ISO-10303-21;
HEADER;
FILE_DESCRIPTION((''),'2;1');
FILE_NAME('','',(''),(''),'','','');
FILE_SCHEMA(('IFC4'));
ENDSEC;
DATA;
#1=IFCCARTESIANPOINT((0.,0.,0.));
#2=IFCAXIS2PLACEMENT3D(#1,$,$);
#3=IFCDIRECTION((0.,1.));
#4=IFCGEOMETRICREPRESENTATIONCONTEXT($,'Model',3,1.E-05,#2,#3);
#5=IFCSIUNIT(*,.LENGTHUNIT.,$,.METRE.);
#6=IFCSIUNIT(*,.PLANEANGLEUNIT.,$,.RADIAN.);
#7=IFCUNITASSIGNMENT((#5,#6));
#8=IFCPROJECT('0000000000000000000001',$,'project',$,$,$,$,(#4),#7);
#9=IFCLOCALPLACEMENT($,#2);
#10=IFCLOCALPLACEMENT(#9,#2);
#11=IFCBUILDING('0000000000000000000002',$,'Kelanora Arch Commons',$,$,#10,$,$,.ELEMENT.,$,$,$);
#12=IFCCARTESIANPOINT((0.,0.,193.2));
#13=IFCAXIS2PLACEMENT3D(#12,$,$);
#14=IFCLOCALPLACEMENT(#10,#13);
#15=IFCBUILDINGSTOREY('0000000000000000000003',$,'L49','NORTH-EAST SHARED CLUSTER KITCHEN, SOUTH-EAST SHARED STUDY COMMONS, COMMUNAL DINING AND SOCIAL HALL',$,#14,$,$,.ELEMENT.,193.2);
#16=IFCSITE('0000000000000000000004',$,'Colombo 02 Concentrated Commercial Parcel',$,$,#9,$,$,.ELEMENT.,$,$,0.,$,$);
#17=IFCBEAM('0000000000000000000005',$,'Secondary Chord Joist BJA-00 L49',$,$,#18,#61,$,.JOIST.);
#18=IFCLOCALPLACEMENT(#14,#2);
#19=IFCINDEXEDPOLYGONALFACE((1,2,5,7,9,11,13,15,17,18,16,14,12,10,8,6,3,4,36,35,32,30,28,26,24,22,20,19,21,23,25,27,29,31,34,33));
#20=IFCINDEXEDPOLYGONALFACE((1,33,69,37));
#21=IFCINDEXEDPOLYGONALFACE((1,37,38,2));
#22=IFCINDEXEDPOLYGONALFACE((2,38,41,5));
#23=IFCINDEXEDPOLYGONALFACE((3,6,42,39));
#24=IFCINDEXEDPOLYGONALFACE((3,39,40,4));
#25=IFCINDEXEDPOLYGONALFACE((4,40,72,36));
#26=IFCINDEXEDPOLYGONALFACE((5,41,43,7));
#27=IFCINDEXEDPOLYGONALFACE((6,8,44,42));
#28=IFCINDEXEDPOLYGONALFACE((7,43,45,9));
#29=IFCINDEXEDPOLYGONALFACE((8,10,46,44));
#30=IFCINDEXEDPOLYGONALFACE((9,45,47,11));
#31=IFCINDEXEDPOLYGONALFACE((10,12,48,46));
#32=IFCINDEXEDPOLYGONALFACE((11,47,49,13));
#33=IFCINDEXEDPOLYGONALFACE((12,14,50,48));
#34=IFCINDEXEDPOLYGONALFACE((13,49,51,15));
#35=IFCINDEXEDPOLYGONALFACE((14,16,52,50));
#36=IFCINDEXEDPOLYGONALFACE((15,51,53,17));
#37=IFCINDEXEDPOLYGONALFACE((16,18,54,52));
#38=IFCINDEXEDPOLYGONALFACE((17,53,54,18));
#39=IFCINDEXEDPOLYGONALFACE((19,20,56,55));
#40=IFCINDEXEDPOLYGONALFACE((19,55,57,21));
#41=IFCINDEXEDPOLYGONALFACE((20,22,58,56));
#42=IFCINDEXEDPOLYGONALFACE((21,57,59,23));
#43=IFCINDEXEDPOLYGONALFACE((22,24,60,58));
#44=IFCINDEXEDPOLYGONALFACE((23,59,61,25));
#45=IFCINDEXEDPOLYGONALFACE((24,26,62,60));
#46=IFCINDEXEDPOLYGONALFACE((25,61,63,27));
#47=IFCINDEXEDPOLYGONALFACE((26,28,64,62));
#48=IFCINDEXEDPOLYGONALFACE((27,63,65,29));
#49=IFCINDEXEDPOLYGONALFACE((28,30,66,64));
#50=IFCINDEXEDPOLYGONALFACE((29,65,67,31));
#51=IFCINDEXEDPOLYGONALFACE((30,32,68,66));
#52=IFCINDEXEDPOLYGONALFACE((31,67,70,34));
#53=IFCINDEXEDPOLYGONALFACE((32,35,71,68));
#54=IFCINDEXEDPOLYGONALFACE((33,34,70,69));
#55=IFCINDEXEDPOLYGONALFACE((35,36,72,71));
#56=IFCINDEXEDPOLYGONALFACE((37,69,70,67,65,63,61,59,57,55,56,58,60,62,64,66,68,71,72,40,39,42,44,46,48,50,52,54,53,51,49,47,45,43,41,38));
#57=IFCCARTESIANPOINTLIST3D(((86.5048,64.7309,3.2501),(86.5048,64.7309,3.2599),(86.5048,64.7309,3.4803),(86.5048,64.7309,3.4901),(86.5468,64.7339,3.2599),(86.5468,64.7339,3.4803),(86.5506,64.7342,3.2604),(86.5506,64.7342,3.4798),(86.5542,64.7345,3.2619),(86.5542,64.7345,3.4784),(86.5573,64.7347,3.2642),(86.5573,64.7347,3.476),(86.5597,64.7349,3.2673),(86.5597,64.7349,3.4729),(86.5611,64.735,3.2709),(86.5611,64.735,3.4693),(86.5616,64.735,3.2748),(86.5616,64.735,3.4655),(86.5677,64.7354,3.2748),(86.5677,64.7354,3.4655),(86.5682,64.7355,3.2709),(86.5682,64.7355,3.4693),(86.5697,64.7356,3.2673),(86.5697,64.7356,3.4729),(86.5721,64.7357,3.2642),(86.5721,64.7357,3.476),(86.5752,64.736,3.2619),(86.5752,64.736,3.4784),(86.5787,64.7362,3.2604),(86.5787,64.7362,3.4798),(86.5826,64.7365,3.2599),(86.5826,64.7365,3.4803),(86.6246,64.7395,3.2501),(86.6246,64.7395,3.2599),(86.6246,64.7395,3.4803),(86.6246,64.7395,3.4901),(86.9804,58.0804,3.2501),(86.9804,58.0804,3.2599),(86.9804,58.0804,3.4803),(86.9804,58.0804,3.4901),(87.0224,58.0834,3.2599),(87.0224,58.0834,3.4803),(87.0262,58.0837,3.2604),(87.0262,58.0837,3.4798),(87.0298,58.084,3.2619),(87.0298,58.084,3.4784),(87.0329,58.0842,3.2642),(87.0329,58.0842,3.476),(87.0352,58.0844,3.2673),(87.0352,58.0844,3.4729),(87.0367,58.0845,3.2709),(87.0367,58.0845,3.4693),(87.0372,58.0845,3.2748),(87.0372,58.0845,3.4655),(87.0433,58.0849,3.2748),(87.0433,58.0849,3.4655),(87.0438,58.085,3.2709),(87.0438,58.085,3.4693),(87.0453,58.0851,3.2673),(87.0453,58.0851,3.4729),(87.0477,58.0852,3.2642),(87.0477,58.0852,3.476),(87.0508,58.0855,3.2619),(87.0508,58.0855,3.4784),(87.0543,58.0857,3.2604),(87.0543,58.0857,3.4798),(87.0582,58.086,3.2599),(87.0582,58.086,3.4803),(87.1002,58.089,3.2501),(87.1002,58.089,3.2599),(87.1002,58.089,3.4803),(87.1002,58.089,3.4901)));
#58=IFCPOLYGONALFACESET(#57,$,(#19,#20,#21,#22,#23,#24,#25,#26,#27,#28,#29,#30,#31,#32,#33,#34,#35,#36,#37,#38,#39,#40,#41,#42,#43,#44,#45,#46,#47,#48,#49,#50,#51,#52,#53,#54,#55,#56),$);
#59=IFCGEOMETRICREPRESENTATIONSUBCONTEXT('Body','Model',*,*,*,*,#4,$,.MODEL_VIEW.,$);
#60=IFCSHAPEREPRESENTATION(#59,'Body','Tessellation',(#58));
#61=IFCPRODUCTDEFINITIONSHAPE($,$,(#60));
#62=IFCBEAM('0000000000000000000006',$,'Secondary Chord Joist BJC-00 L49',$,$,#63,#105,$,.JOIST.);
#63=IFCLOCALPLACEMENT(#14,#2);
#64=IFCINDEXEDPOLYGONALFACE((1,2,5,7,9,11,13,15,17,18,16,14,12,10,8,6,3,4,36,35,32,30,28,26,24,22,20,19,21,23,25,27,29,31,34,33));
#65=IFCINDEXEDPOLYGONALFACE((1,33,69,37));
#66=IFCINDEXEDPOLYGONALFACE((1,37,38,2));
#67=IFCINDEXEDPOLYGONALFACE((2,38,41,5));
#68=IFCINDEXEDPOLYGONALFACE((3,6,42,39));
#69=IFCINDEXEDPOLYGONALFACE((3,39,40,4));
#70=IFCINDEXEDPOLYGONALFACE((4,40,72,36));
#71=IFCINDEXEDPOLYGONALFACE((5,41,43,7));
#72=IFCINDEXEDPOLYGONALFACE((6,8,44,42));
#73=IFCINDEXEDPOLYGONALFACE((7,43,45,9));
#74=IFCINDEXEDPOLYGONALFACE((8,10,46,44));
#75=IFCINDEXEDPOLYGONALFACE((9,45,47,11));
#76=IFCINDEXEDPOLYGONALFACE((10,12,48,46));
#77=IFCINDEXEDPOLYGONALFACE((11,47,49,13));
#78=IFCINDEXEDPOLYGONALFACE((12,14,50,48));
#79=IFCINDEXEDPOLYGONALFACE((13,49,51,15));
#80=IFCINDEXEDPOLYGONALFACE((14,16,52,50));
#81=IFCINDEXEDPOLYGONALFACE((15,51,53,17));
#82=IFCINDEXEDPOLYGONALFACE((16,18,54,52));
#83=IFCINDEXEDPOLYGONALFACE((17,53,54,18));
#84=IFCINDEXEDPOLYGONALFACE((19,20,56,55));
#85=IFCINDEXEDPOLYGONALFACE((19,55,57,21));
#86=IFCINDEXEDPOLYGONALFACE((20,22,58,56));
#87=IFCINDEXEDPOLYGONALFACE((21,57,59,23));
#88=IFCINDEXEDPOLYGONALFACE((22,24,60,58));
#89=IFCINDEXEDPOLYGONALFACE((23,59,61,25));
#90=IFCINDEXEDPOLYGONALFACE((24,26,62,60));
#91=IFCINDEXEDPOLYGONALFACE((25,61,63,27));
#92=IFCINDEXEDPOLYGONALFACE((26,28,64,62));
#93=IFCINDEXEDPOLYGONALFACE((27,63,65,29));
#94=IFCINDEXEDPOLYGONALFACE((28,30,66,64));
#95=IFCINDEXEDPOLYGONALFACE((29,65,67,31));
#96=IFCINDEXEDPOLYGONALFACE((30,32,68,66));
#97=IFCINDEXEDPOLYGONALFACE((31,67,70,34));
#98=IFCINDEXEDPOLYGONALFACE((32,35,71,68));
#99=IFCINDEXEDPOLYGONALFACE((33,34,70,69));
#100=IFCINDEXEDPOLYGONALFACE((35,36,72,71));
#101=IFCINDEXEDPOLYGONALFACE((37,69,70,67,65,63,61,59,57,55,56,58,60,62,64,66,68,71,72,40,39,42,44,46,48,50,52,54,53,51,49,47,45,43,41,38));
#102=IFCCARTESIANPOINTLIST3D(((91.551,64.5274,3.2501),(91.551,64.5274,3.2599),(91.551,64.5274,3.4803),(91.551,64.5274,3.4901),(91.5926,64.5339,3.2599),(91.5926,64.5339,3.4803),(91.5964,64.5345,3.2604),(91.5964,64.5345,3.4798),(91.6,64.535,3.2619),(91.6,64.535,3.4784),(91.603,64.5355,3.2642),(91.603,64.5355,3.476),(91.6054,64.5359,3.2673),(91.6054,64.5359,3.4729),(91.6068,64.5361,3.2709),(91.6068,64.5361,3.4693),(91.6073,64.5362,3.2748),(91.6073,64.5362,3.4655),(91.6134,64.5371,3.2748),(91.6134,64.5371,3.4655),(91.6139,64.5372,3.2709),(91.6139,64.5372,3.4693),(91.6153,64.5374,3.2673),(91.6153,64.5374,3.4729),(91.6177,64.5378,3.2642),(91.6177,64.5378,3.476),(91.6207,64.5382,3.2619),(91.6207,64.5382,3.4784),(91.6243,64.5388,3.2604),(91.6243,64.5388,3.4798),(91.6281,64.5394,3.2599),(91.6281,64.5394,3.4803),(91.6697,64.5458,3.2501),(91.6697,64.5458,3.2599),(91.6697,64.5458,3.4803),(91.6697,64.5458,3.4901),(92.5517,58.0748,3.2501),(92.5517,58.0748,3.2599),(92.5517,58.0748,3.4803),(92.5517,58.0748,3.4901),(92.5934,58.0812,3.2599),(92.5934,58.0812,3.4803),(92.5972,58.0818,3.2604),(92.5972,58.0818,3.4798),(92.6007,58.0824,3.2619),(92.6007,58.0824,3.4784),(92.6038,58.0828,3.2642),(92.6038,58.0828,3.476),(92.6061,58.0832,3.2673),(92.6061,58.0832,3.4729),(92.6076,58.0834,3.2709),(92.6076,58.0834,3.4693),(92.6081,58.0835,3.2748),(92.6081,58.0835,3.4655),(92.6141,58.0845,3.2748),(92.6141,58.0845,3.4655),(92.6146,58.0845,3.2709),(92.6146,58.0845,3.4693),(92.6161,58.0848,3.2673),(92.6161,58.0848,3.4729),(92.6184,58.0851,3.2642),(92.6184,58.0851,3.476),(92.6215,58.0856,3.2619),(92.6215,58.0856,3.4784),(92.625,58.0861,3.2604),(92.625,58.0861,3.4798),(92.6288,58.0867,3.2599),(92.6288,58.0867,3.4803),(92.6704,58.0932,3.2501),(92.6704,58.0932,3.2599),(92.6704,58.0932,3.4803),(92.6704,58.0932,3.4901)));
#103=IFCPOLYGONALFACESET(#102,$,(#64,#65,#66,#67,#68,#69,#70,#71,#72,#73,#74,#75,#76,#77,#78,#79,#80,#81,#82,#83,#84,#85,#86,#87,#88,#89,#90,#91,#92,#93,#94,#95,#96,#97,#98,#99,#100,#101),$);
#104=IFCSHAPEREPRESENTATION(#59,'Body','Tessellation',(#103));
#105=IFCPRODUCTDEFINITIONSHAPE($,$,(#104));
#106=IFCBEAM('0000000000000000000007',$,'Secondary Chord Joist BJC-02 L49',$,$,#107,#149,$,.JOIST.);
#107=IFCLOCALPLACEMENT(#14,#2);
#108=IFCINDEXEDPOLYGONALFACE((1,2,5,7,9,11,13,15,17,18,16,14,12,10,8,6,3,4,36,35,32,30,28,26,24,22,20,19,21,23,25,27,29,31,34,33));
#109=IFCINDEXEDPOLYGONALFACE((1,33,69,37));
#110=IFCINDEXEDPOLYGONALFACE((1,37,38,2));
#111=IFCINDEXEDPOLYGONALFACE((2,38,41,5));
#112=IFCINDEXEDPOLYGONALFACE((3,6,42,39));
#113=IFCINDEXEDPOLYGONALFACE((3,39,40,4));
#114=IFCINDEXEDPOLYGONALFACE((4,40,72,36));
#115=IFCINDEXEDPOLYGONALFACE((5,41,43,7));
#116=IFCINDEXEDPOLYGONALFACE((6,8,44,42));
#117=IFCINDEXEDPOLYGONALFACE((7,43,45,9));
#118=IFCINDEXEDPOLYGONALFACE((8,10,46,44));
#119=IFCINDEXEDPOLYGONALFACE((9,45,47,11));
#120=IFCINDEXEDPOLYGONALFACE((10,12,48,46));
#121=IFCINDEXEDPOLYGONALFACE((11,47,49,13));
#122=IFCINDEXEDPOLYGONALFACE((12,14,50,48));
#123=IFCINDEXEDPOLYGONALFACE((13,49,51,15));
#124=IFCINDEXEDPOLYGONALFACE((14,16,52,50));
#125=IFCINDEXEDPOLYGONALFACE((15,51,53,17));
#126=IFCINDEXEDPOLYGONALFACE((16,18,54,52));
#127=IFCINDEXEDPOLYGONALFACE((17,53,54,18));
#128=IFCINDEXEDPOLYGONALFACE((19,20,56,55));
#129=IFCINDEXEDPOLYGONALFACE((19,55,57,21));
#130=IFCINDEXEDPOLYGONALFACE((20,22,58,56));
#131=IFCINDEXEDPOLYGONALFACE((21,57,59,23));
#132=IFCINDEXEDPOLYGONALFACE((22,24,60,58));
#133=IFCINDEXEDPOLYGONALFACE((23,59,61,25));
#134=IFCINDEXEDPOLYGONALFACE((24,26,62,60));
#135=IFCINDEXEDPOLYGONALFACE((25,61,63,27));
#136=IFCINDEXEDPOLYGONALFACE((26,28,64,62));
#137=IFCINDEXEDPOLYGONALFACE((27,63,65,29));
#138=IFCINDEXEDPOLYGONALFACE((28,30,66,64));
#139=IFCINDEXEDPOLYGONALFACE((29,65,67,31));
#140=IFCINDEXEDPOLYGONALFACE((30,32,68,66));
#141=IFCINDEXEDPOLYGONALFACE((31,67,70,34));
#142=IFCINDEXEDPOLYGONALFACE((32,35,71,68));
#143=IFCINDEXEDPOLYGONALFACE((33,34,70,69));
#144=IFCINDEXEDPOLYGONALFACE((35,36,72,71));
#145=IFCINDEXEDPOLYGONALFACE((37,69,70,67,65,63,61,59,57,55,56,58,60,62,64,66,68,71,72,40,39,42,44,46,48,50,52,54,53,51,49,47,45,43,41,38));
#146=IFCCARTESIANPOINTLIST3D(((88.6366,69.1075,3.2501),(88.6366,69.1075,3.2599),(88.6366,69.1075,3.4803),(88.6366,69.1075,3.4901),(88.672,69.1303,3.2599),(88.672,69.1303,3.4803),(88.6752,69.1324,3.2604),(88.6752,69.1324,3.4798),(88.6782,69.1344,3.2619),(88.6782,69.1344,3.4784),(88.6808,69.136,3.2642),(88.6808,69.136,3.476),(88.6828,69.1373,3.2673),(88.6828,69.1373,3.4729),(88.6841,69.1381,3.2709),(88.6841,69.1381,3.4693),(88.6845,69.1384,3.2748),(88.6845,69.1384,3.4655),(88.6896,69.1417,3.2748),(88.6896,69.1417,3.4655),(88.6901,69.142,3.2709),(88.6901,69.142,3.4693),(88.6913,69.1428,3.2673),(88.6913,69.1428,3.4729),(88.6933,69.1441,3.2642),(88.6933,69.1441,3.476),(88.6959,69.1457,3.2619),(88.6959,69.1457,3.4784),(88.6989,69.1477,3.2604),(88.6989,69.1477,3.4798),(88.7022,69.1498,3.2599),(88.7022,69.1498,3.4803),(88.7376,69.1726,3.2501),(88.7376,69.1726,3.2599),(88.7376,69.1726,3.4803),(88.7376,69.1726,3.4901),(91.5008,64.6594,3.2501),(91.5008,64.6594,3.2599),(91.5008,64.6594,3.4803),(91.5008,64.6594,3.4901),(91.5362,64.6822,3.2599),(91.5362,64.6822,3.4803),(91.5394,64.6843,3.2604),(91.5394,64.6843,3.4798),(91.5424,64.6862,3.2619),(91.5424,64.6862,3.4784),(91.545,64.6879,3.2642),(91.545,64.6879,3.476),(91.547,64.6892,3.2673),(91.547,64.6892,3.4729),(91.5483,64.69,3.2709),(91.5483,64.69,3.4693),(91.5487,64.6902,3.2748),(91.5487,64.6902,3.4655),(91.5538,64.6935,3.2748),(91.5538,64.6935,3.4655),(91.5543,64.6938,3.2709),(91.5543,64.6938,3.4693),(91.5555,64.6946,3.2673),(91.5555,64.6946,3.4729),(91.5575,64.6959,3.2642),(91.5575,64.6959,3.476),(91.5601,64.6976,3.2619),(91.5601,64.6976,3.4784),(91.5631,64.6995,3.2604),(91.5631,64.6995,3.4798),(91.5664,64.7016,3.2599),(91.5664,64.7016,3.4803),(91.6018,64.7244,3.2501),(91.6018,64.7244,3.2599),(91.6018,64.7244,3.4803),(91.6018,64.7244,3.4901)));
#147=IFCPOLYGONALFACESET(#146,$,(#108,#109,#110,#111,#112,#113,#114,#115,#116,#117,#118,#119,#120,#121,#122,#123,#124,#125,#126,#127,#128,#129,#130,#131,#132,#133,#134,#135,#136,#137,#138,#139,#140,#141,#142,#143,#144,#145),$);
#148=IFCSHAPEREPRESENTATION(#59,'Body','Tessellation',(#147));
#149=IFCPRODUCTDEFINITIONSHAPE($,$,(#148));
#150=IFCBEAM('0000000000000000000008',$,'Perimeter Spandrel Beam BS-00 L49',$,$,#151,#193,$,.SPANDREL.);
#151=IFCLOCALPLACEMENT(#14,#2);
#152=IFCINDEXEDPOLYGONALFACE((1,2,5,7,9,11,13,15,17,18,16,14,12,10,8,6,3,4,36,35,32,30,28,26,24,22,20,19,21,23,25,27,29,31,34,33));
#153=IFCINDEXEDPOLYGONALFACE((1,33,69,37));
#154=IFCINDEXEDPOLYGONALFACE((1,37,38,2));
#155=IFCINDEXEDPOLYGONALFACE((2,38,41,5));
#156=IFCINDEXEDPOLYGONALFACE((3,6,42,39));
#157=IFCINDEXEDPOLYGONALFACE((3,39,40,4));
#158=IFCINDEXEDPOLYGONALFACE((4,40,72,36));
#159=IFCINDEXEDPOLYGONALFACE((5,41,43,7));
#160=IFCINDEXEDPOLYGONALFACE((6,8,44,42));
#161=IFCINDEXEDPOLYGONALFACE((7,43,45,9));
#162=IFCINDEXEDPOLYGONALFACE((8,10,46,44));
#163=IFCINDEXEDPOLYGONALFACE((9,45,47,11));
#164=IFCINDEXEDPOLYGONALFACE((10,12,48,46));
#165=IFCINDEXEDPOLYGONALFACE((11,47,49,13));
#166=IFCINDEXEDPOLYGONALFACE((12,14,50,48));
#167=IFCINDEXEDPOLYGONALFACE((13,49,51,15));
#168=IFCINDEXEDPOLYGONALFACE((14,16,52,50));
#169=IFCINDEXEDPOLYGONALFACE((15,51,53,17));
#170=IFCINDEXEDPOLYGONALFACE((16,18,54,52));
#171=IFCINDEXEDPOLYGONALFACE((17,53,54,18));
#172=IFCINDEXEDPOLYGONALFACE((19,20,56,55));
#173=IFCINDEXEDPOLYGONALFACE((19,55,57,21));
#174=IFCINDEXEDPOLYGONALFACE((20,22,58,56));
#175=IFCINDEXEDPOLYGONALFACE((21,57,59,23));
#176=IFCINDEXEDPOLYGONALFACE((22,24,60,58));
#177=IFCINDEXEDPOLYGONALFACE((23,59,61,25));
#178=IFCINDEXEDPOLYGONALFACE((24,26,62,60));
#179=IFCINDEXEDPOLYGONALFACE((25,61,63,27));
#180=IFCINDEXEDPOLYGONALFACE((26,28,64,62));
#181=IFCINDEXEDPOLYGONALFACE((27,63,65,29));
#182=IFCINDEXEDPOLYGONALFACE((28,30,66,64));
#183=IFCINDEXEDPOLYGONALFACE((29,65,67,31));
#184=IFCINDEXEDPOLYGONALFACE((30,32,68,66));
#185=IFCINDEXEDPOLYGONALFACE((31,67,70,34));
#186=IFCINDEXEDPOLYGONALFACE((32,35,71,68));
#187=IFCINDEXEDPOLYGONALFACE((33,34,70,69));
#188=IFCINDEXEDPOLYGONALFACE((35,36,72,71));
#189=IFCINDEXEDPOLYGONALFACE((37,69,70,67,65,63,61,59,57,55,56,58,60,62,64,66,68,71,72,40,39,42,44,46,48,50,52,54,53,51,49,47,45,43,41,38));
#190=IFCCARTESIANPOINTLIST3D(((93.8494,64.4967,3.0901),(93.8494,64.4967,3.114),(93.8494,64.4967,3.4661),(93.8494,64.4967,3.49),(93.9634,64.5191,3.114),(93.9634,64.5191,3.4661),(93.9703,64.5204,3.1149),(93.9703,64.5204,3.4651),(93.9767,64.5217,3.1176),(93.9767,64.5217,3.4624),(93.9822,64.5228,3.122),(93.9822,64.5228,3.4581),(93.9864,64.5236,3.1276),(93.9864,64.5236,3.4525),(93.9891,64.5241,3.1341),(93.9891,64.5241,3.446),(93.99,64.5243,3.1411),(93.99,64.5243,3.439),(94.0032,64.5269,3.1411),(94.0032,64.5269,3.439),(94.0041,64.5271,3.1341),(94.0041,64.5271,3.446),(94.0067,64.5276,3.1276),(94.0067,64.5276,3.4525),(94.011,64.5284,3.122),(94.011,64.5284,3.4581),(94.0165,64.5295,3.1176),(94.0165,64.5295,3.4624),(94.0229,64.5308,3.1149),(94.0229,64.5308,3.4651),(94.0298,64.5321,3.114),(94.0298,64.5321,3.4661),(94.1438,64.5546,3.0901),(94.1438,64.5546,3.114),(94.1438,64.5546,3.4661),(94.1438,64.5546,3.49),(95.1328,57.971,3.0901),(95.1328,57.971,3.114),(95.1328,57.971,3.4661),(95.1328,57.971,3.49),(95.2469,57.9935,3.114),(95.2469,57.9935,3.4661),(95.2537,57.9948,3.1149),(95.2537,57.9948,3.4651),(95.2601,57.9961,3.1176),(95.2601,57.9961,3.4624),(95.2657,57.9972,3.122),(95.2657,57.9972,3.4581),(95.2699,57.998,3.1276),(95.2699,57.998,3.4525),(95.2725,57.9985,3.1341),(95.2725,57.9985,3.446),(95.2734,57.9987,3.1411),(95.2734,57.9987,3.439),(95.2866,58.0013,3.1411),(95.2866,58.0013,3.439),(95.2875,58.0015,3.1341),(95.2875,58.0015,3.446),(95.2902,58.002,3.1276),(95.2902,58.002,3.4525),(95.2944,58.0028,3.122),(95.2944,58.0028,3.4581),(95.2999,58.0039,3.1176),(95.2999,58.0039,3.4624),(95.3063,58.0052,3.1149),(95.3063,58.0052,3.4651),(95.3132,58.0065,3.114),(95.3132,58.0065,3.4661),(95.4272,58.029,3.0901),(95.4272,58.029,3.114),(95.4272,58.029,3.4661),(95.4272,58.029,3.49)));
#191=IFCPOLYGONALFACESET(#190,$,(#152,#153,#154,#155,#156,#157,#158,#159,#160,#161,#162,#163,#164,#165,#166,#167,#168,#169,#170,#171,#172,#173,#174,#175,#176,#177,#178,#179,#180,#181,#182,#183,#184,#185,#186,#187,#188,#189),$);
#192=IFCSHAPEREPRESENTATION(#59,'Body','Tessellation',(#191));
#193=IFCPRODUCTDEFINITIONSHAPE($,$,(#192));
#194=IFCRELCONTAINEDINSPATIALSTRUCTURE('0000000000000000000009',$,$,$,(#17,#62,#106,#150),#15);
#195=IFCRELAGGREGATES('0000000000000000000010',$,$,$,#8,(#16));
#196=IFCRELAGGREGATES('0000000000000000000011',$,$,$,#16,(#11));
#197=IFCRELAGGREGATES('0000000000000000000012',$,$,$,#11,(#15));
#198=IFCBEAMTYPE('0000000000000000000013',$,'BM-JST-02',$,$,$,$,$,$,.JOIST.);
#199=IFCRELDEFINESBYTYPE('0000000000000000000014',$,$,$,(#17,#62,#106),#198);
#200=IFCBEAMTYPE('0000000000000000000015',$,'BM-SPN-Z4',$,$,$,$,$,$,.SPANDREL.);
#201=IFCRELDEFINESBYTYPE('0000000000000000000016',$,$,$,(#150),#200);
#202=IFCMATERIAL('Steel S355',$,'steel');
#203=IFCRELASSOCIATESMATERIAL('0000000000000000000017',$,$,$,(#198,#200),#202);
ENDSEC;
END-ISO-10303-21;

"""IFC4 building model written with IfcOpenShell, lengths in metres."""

from ifc_helpers import new_model, si_unit, direction, frame, origin, origin_2d, place, context, subcontext, project, spatial, i_section, extrude, material, material_profile, profile_set, type_object, element, save


model = new_model("IFC4")

# Units and contexts
model_context = context("Model", 3, precision=1e-05, world=origin(), true_north=direction((0.0, 1.0)))
body_context = subcontext(model_context, "Body", "Model", "MODEL_VIEW")
ifc_project = project(units=[si_unit("LENGTHUNIT", "METRE"), si_unit("PLANEANGLEUNIT", "RADIAN")], contexts=[model_context])

# Site, building, storey
site_placement = place(None, origin())
site = spatial("IfcSite", under=ifc_project, at=site_placement, Name="Colombo 02 Concentrated Commercial Parcel", CompositionType="ELEMENT", RefElevation=0.0)
building_placement = place(site_placement, origin())
building = spatial("IfcBuilding", under=site, at=building_placement, Name="Kelanora Arch Commons", CompositionType="ELEMENT")
storey_placement = place(building_placement, frame((0.0, 0.0, 193.2)))
storey = spatial("IfcBuildingStorey", under=building, at=storey_placement, Name="L49", Description="NORTH-EAST SHARED CLUSTER KITCHEN, SOUTH-EAST SHARED STUDY COMMONS, COMMUNAL DINING AND SOCIAL HALL", CompositionType="ELEMENT", Elevation=193.2)

# Beams
ifc_material_1 = material(Name="Steel S355", Category="steel")
ifc_material_profile_1 = material_profile(ifc_material_1, i_section(OverallWidth=0.1201, OverallDepth=0.24, WebThickness=0.0061, FlangeThickness=0.0098, FilletRadius=0.0149, at=origin_2d()), Name="IPE240")
ifc_profile_set_1 = profile_set([ifc_material_profile_1], Name="Steel S355")
beam_type_1 = type_object("IfcBeamType", Name="BM-JST-02", PredefinedType="JOIST", material=ifc_profile_set_1)
beam_1_placement = place(storey_placement, frame((87.0403, 58.0847, 3.3701), z_axis=(-0.07133, 0.997453, 0.0), x_axis=(-0.997453, -0.07133, 0.0)))
element("IfcBeam", 1, at=beam_1_placement, inside=storey, type_object=beam_type_1, Name="Secondary Chord Joist BJA-00 L49", PredefinedType="JOIST", context=body_context, shape_type="SweptSolid", body=[
    extrude(i_section(OverallWidth=0.1201, OverallDepth=0.24, WebThickness=0.0061, FlangeThickness=0.0098, FilletRadius=0.0149, at=origin_2d()), origin(), (0.0, 0.0, 1.0), 6.6675),
])
beam_2_placement = place(storey_placement, frame((92.6111, 58.084, 3.3701), z_axis=(-0.153257, 0.988186, 0.0), x_axis=(-0.988186, -0.153257, 0.0)))
element("IfcBeam", 2, at=beam_2_placement, inside=storey, type_object=beam_type_1, Name="Secondary Chord Joist BJC-00 L49", PredefinedType="JOIST", context=body_context, shape_type="SweptSolid", body=[
    extrude(i_section(OverallWidth=0.1201, OverallDepth=0.24, WebThickness=0.0061, FlangeThickness=0.0098, FilletRadius=0.0149, at=origin_2d()), origin(), (0.0, 0.0, 1.0), 6.5298),
])
beam_3_placement = place(storey_placement, frame((91.5513, 64.6919, 3.3701), z_axis=(-0.541382, 0.840776, 0.0), x_axis=(-0.840776, -0.541382, 0.0)))
element("IfcBeam", 3, at=beam_3_placement, inside=storey, type_object=beam_type_1, Name="Secondary Chord Joist BJC-02 L49", PredefinedType="JOIST", context=body_context, shape_type="SweptSolid", body=[
    extrude(i_section(OverallWidth=0.1201, OverallDepth=0.24, WebThickness=0.0061, FlangeThickness=0.0098, FilletRadius=0.0149, at=origin_2d()), origin(), (0.0, 0.0, 1.0), 5.2905),
])
ifc_material_profile_2 = material_profile(ifc_material_1, i_section(OverallWidth=0.3, OverallDepth=0.3999, WebThickness=0.0134, FlangeThickness=0.0239, FilletRadius=0.0271, at=origin_2d()), Name="HEB400")
ifc_profile_set_2 = profile_set([ifc_material_profile_2], Name="Steel S355")
beam_type_2 = type_object("IfcBeamType", Name="BM-SPN-Z4", PredefinedType="SPANDREL", material=ifc_profile_set_2)
beam_4_placement = place(storey_placement, frame((95.28, 58.0, 3.29), z_axis=(-0.192981, 0.981203, 0.0), x_axis=(-0.981203, -0.192981, 0.0)))
element("IfcBeam", 4, at=beam_4_placement, inside=storey, type_object=beam_type_2, Name="Perimeter Spandrel Beam BS-00 L49", PredefinedType="SPANDREL", context=body_context, shape_type="SweptSolid", body=[
    extrude(i_section(OverallWidth=0.3, OverallDepth=0.3999, WebThickness=0.0134, FlangeThickness=0.0239, FilletRadius=0.0271, at=origin_2d()), origin(), (0.0, 0.0, 1.0), 6.6506),
])

save(model, "model.ifc")
